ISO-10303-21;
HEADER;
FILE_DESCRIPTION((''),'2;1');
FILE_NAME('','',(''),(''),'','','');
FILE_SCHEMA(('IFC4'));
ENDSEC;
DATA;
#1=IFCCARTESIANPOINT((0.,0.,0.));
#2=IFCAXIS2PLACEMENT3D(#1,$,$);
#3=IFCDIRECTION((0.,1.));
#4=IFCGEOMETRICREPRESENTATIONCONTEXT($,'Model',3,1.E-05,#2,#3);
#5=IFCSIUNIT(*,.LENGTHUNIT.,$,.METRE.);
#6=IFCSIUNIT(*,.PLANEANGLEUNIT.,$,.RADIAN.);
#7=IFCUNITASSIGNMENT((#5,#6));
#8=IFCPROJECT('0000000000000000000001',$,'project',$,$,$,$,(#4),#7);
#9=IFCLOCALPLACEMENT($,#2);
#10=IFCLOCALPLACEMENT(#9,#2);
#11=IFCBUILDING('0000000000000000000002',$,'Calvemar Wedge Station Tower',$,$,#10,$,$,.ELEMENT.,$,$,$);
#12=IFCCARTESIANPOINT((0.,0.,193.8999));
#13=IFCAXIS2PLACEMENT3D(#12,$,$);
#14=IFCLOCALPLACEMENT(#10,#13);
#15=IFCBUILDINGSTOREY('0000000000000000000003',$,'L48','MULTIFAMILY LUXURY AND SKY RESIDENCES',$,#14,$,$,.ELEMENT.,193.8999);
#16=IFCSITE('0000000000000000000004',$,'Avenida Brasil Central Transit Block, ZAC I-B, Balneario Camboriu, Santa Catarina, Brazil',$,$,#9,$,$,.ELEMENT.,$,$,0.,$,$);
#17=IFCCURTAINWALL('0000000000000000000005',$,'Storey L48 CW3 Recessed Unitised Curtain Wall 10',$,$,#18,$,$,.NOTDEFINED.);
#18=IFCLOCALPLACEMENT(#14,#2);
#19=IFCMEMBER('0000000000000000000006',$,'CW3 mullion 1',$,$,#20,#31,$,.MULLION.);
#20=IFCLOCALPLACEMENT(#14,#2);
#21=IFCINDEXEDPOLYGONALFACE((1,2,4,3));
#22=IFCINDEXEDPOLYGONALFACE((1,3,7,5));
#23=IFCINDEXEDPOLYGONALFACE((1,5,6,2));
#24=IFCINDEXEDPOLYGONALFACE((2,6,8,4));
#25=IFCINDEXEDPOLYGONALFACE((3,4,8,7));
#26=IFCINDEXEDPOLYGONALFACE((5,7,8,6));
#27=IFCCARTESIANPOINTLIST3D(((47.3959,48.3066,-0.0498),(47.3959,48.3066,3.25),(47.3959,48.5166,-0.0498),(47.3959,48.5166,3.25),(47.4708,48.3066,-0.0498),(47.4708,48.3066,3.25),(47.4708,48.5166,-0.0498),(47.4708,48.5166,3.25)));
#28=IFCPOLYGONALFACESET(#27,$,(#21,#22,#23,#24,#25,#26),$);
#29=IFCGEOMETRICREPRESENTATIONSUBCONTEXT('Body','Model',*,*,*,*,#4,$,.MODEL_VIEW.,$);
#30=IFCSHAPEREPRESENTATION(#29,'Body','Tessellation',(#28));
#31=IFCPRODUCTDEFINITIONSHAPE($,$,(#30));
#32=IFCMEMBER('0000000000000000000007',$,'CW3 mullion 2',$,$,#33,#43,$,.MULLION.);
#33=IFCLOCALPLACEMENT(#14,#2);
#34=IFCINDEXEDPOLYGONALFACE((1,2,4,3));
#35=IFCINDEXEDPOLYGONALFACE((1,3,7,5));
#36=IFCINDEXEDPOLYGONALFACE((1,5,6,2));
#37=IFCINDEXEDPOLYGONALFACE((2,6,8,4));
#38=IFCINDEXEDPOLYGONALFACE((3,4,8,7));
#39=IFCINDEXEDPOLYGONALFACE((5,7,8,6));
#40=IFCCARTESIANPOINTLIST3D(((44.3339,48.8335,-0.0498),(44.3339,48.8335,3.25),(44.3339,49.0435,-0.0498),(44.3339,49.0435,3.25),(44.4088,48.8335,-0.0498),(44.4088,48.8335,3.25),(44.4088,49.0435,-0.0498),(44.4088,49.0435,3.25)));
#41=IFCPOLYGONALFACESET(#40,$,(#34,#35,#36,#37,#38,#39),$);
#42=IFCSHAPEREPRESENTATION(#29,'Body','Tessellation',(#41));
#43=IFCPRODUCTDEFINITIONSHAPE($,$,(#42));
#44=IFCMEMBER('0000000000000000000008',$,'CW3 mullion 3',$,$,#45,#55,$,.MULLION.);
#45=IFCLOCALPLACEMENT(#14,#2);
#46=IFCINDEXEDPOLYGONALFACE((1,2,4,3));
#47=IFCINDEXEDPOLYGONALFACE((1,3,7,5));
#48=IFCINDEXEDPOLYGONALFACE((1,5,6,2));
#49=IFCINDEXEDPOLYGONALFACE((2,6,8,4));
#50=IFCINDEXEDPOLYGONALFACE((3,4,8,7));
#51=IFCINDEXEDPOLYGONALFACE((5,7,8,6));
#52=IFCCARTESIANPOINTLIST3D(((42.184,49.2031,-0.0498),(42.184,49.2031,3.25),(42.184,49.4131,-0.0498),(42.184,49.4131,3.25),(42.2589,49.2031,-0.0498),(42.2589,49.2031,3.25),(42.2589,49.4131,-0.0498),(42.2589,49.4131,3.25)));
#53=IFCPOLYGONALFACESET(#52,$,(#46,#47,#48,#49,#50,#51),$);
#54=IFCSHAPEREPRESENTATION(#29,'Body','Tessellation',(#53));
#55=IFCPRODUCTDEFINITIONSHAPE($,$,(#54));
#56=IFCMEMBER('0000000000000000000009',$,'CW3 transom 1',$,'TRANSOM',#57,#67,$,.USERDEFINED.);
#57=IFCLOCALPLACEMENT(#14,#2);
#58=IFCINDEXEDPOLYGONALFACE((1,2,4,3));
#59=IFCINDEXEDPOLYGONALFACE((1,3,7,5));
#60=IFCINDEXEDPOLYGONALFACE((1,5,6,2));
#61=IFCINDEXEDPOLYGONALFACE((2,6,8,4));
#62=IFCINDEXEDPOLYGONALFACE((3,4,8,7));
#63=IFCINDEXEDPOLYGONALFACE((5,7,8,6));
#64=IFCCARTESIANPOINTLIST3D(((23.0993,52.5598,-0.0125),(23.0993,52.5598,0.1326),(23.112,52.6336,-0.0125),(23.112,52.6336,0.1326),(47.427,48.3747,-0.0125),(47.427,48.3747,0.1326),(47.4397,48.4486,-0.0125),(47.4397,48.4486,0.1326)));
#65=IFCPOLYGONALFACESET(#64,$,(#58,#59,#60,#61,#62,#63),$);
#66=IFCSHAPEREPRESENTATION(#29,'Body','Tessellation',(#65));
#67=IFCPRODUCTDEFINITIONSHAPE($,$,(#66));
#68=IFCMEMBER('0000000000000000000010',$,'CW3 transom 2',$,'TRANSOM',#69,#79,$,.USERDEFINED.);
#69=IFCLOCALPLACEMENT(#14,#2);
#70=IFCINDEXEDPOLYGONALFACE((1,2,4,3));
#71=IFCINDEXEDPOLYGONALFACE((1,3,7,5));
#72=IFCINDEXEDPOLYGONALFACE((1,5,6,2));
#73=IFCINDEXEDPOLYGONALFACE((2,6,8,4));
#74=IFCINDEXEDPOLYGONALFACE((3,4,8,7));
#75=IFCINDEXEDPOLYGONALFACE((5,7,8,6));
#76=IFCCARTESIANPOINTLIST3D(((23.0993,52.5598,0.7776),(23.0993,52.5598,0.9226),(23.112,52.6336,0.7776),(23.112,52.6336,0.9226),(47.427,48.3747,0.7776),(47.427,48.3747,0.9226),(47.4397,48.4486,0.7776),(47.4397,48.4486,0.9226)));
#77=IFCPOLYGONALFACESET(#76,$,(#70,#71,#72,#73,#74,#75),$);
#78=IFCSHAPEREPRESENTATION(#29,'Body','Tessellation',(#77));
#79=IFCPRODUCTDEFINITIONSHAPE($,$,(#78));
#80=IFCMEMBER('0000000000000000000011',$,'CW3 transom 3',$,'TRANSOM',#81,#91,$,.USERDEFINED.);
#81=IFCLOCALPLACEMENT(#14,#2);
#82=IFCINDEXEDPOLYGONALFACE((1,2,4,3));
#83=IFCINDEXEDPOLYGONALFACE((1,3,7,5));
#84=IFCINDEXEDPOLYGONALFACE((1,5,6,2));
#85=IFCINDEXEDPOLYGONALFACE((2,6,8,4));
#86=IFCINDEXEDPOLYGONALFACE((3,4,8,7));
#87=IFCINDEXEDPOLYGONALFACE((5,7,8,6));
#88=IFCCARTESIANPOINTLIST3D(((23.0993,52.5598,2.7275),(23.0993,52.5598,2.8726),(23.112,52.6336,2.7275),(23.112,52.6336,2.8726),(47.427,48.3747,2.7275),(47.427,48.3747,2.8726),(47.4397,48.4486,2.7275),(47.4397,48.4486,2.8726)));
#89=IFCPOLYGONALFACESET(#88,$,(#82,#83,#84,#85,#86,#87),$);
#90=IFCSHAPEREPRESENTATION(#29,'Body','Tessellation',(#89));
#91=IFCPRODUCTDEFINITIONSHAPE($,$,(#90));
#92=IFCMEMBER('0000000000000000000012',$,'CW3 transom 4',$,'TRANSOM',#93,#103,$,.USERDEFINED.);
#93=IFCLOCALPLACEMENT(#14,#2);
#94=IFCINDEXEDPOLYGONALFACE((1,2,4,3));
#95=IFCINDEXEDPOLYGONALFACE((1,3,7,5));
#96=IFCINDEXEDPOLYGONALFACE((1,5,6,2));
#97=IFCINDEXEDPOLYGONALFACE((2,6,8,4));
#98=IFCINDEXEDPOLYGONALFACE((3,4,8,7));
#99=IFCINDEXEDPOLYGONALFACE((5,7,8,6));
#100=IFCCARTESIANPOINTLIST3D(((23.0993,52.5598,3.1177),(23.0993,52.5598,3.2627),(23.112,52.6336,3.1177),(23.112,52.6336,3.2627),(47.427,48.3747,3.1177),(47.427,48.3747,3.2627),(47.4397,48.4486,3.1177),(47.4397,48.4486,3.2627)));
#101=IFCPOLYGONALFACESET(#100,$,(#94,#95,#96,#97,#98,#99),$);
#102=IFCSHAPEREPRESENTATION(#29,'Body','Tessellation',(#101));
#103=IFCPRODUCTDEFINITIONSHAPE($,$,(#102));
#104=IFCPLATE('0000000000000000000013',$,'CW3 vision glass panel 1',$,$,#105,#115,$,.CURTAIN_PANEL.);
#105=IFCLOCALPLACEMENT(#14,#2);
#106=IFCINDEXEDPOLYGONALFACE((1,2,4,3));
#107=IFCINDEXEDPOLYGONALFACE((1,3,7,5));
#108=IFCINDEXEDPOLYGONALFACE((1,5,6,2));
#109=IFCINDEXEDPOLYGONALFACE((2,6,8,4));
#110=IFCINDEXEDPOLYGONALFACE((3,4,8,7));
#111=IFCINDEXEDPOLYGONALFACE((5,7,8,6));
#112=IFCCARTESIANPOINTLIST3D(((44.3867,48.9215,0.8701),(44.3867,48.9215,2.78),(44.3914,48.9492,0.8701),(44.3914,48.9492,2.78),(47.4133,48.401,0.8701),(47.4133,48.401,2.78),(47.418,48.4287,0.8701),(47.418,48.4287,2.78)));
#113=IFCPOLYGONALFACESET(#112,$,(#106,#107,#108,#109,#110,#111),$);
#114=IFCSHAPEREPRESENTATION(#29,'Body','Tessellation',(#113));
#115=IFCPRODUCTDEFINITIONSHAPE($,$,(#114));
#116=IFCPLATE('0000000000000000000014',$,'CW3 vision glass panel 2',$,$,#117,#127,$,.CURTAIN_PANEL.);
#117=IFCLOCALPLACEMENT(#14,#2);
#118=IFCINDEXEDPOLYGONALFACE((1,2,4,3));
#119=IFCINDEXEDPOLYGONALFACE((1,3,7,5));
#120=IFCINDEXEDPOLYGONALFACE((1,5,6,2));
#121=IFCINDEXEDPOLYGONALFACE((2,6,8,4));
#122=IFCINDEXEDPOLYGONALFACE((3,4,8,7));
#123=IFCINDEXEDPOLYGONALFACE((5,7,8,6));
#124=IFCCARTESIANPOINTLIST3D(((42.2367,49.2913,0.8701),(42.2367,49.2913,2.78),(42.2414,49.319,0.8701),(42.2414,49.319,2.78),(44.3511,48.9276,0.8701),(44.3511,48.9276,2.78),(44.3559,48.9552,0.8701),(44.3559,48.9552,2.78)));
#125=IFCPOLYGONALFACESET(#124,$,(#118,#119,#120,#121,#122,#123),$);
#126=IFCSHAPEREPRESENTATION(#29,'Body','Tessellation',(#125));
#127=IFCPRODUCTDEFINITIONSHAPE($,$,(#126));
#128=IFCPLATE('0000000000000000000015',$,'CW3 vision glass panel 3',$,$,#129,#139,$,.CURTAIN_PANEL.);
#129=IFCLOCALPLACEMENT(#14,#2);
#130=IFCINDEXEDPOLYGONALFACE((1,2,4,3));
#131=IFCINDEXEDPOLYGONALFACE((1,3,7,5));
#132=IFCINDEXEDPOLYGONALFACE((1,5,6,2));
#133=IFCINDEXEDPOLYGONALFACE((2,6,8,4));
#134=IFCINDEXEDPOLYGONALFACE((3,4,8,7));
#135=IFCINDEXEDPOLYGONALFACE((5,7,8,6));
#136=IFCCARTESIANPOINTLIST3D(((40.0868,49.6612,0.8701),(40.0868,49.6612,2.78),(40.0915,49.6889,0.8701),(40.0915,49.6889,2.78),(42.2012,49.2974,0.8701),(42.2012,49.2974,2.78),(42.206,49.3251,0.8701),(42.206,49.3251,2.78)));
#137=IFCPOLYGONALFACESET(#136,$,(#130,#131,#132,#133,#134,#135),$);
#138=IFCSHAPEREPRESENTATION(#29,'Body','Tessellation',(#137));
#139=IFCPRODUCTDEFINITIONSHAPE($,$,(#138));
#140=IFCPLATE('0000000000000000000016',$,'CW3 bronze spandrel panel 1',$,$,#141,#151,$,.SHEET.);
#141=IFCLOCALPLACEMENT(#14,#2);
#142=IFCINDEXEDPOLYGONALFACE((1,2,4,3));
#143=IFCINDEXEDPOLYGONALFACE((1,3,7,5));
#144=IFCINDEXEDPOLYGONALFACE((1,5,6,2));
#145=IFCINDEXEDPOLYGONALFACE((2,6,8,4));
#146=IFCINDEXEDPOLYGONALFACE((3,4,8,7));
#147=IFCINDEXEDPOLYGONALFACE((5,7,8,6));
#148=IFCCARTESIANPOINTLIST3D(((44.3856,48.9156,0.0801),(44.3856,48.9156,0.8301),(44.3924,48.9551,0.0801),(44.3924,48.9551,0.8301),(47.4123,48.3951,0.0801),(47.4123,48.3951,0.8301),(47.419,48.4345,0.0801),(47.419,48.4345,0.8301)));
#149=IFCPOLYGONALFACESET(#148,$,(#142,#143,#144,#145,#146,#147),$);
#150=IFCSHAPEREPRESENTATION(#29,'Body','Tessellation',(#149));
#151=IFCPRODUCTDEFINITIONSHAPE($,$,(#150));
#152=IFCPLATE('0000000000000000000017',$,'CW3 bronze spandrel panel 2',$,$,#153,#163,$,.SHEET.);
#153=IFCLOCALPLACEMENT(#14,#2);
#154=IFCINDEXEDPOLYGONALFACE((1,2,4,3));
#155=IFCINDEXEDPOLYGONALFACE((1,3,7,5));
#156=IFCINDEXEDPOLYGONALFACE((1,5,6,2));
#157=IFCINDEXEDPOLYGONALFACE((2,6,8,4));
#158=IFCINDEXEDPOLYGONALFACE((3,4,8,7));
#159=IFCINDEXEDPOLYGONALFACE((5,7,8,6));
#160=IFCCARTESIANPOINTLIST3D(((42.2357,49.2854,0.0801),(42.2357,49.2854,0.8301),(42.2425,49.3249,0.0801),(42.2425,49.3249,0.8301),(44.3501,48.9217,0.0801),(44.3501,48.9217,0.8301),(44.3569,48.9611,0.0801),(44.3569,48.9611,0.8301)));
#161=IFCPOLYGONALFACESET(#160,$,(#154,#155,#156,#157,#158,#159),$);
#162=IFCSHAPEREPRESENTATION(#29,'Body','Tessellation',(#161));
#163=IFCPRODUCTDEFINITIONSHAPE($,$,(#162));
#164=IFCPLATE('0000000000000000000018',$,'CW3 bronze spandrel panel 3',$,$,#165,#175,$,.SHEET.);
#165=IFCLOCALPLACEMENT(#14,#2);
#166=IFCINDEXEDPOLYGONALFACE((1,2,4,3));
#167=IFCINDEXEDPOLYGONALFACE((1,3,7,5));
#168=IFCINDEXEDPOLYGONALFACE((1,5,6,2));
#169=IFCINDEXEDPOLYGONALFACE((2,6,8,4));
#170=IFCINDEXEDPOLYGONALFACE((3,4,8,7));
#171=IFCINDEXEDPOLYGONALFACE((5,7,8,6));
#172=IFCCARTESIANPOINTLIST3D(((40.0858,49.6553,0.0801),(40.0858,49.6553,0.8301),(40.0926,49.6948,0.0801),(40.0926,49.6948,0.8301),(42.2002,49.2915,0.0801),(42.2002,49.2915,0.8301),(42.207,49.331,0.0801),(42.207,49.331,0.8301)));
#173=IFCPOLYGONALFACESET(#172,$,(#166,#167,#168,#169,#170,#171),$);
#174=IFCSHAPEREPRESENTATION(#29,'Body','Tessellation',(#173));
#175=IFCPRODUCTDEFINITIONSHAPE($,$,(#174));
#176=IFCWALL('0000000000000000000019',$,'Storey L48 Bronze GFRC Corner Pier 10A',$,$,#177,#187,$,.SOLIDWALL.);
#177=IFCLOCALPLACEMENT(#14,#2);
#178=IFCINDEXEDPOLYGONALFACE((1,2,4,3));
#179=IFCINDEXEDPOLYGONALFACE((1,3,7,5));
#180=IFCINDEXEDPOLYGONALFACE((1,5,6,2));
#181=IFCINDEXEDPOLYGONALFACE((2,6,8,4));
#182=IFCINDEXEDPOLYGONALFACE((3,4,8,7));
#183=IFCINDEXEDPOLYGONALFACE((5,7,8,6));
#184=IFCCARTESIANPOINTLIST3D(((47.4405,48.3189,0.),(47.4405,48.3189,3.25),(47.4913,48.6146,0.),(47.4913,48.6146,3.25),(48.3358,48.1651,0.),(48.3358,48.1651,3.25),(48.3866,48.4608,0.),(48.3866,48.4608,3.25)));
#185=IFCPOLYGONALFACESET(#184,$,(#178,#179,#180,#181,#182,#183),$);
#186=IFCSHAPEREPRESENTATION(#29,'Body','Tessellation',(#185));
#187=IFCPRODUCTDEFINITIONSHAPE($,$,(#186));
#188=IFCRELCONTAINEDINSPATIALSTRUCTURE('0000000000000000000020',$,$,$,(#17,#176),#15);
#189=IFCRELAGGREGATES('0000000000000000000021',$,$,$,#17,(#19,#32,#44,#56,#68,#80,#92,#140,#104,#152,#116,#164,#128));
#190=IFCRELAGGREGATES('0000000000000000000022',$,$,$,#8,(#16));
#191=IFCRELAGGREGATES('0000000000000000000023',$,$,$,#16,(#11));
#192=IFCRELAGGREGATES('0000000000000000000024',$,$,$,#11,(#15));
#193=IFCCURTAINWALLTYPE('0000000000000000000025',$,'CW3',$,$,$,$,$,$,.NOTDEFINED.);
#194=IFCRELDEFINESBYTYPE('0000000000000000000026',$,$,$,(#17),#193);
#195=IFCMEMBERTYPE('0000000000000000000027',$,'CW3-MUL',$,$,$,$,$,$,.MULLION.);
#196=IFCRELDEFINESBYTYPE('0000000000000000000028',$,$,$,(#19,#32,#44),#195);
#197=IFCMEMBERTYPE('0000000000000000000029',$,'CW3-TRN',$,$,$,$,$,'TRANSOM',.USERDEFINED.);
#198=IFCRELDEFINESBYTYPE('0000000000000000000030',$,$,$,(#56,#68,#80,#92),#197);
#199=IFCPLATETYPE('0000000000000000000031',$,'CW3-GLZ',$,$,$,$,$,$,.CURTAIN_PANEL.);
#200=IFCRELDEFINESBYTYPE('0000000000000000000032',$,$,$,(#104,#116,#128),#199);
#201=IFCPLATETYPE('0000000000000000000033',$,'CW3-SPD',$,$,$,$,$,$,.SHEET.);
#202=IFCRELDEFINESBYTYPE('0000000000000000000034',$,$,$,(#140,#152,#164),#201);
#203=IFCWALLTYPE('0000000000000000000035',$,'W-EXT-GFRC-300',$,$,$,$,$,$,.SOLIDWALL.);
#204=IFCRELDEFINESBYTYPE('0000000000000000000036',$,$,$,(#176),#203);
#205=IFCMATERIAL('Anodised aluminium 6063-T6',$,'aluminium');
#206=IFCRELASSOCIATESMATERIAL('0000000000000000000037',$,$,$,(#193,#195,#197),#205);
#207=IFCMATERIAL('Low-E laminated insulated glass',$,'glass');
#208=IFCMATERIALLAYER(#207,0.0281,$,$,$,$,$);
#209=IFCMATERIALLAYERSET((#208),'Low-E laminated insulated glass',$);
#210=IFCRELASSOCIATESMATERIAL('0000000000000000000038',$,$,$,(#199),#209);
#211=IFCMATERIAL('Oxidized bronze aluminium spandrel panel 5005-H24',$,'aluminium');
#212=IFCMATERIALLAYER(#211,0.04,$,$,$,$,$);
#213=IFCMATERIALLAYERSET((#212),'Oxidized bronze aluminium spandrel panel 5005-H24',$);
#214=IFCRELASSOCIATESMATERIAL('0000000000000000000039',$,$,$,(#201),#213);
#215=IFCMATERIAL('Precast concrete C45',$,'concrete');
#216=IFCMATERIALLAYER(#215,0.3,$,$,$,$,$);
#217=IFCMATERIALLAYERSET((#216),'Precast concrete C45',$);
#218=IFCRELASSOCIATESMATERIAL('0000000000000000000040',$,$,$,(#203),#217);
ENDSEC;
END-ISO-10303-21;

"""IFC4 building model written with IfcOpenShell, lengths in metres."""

from ifc_helpers import new_model, si_unit, direction, frame, frame_2d, origin, origin_2d, place, context, subcontext, project, spatial, rectangle, extrude, source, transform, mapped, material, layer, layer_set, material_profile, profile_set, type_object, element, aggregate, save


model = new_model("IFC4")

# Units and contexts
model_context = context("Model", 3, precision=1e-05, world=origin(), true_north=direction((0.0, 1.0)))
body_context = subcontext(model_context, "Body", "Model", "MODEL_VIEW")
ifc_project = project(units=[si_unit("LENGTHUNIT", "METRE"), si_unit("PLANEANGLEUNIT", "RADIAN")], contexts=[model_context])

# Site, building, storey
site_placement = place(None, origin())
site = spatial("IfcSite", under=ifc_project, at=site_placement, Name="Avenida Brasil Central Transit Block, ZAC I-B, Balneario Camboriu, Santa Catarina, Brazil", CompositionType="ELEMENT", RefElevation=0.0)
building_placement = place(site_placement, origin())
building = spatial("IfcBuilding", under=site, at=building_placement, Name="Calvemar Wedge Station Tower", CompositionType="ELEMENT")
storey_placement = place(building_placement, frame((0.0, 0.0, 193.8999)))
storey = spatial("IfcBuildingStorey", under=building, at=storey_placement, Name="L48", Description="MULTIFAMILY LUXURY AND SKY RESIDENCES", CompositionType="ELEMENT", Elevation=193.8999)

# Curtain wall, members, plates
ifc_material_1 = material(Name="Anodised aluminium 6063-T6", Category="aluminium")
curtain_wall_type = type_object("IfcCurtainWallType", Name="CW3", PredefinedType="NOTDEFINED", material=ifc_material_1)
curtain_wall_placement = place(storey_placement, origin())
curtain_wall = element("IfcCurtainWall", 1, at=curtain_wall_placement, inside=storey, type_object=curtain_wall_type, Name="Storey L48 CW3 Recessed Unitised Curtain Wall 10", PredefinedType="NOTDEFINED")
ifc_material_profile_1 = material_profile(ifc_material_1, rectangle(XDim=0.075, YDim=0.21, at=origin_2d()), Name="AL-MUL-75x210")
ifc_profile_set_1 = profile_set([ifc_material_profile_1], Name="Anodised aluminium 6063-T6")
member_type_1 = type_object("IfcMemberType", Name="CW3-MUL", PredefinedType="MULLION", material=ifc_profile_set_1)
shared_shape_1 = source(origin(), body_context, "Body", "SweptSolid", [
    extrude(rectangle(XDim=0.075, YDim=0.21, at=origin_2d()), origin(), (0.0, 0.0, 1.0), 3.2998),
])
member_1_placement = place(storey_placement, frame((47.4333, 48.4116, -0.0498), z_axis=(0.0, 0.0, 1.0), x_axis=(1.0, 0.0, 0.0)))
member_1 = element("IfcMember", 2, at=member_1_placement, type_object=member_type_1, Name="CW3 mullion 1", PredefinedType="MULLION", context=body_context, shape_type="MappedRepresentation", body=[
    mapped(shared_shape_1, transform((0.0, 0.0, 0.0), scale=1.0)),
])
member_2_placement = place(storey_placement, frame((44.3713, 48.9385, -0.0498), z_axis=(0.0, 0.0, 1.0), x_axis=(1.0, 0.0, 0.0)))
member_2 = element("IfcMember", 3, at=member_2_placement, type_object=member_type_1, Name="CW3 mullion 2", PredefinedType="MULLION", context=body_context, shape_type="MappedRepresentation", body=[
    mapped(shared_shape_1, transform((0.0, 0.0, 0.0), scale=1.0)),
])
member_3_placement = place(storey_placement, frame((42.2214, 49.3081, -0.0498), z_axis=(0.0, 0.0, 1.0), x_axis=(1.0, 0.0, 0.0)))
member_3 = element("IfcMember", 4, at=member_3_placement, type_object=member_type_1, Name="CW3 mullion 3", PredefinedType="MULLION", context=body_context, shape_type="MappedRepresentation", body=[
    mapped(shared_shape_1, transform((0.0, 0.0, 0.0), scale=1.0)),
])
ifc_material_profile_2 = material_profile(ifc_material_1, rectangle(XDim=0.075, YDim=0.145, at=origin_2d()), Name="AL-TRN-75x145")
ifc_profile_set_2 = profile_set([ifc_material_profile_2], Name="Anodised aluminium 6063-T6")
member_type_2 = type_object("IfcMemberType", Name="CW3-TRN", ElementType="TRANSOM", PredefinedType="USERDEFINED", material=ifc_profile_set_2)
shared_shape_2 = source(origin(), body_context, "Body", "SweptSolid", [
    extrude(rectangle(XDim=0.075, YDim=0.145, at=origin_2d()), origin(), (0.0, 0.0, 1.0), 24.6851),
])
member_4_placement = place(storey_placement, frame((47.4333, 48.4116, 0.0601), z_axis=(-0.985524, 0.169539, 0.0), x_axis=(-0.169539, -0.985524, 0.0)))
member_4 = element("IfcMember", 5, at=member_4_placement, type_object=member_type_2, Name="CW3 transom 1", ObjectType="TRANSOM", PredefinedType="USERDEFINED", context=body_context, shape_type="MappedRepresentation", body=[
    mapped(shared_shape_2, transform((0.0, 0.0, 0.0), scale=1.0)),
])
member_5_placement = place(storey_placement, frame((47.4333, 48.4116, 0.8501), z_axis=(-0.985524, 0.169539, 0.0), x_axis=(-0.169539, -0.985524, 0.0)))
member_5 = element("IfcMember", 6, at=member_5_placement, type_object=member_type_2, Name="CW3 transom 2", ObjectType="TRANSOM", PredefinedType="USERDEFINED", context=body_context, shape_type="MappedRepresentation", body=[
    mapped(shared_shape_2, transform((0.0, 0.0, 0.0), scale=1.0)),
])
member_6_placement = place(storey_placement, frame((47.4333, 48.4116, 2.8), z_axis=(-0.985524, 0.169539, 0.0), x_axis=(-0.169539, -0.985524, 0.0)))
member_6 = element("IfcMember", 7, at=member_6_placement, type_object=member_type_2, Name="CW3 transom 3", ObjectType="TRANSOM", PredefinedType="USERDEFINED", context=body_context, shape_type="MappedRepresentation", body=[
    mapped(shared_shape_2, transform((0.0, 0.0, 0.0), scale=1.0)),
])
member_7_placement = place(storey_placement, frame((47.4333, 48.4116, 3.1902), z_axis=(-0.985524, 0.169539, 0.0), x_axis=(-0.169539, -0.985524, 0.0)))
member_7 = element("IfcMember", 8, at=member_7_placement, type_object=member_type_2, Name="CW3 transom 4", ObjectType="TRANSOM", PredefinedType="USERDEFINED", context=body_context, shape_type="MappedRepresentation", body=[
    mapped(shared_shape_2, transform((0.0, 0.0, 0.0), scale=1.0)),
])
ifc_material_2 = material(Name="Low-E laminated insulated glass", Category="glass")
ifc_layer_1 = layer(ifc_material_2, 0.0281)
ifc_layer_set_1 = layer_set([ifc_layer_1], Name="Low-E laminated insulated glass")
plate_type_1 = type_object("IfcPlateType", Name="CW3-GLZ", PredefinedType="CURTAIN_PANEL", material=ifc_layer_set_1)
plate_1_placement = place(storey_placement, frame((47.4158, 48.4148, 0.8701), z_axis=(0.0, 0.0, 1.0), x_axis=(-0.985532, 0.169489, 0.0)))
plate_1 = element("IfcPlate", 9, at=plate_1_placement, type_object=plate_type_1, Name="CW3 vision glass panel 1", PredefinedType="CURTAIN_PANEL", context=body_context, shape_type="SweptSolid", body=[
    extrude(rectangle(XDim=3.071, YDim=0.0281, at=frame_2d((1.5356, 0.0))), origin(), (0.0, 0.0, 1.0), 1.9099),
])
plate_2_placement = place(storey_placement, frame((44.3535, 48.9414, 0.8701), z_axis=(0.0, 0.0, 1.0), x_axis=(-0.985522, 0.169545, 0.0)))
plate_2 = element("IfcPlate", 10, at=plate_2_placement, type_object=plate_type_1, Name="CW3 vision glass panel 2", PredefinedType="CURTAIN_PANEL", context=body_context, shape_type="SweptSolid", body=[
    extrude(rectangle(XDim=2.1455, YDim=0.0281, at=frame_2d((1.0728, 0.0))), origin(), (0.0, 0.0, 1.0), 1.9099),
])
plate_3_placement = place(storey_placement, frame((42.2036, 49.3113, 0.8701), z_axis=(0.0, 0.0, 1.0), x_axis=(-0.985522, 0.169545, 0.0)))
plate_3 = element("IfcPlate", 11, at=plate_3_placement, type_object=plate_type_1, Name="CW3 vision glass panel 3", PredefinedType="CURTAIN_PANEL", context=body_context, shape_type="SweptSolid", body=[
    extrude(rectangle(XDim=2.1455, YDim=0.0281, at=frame_2d((1.0728, 0.0))), origin(), (0.0, 0.0, 1.0), 1.9099),
])
ifc_material_3 = material(Name="Oxidized bronze aluminium spandrel panel 5005-H24", Category="aluminium")
ifc_layer_2 = layer(ifc_material_3, 0.04)
ifc_layer_set_2 = layer_set([ifc_layer_2], Name="Oxidized bronze aluminium spandrel panel 5005-H24")
plate_type_2 = type_object("IfcPlateType", Name="CW3-SPD", PredefinedType="SHEET", material=ifc_layer_set_2)
plate_4_placement = place(storey_placement, frame((47.4158, 48.4148, 0.0801), z_axis=(0.0, 0.0, 1.0), x_axis=(-0.985532, 0.169489, 0.0)))
plate_4 = element("IfcPlate", 12, at=plate_4_placement, type_object=plate_type_2, Name="CW3 bronze spandrel panel 1", PredefinedType="SHEET", context=body_context, shape_type="SweptSolid", body=[
    extrude(rectangle(XDim=3.071, YDim=0.04, at=frame_2d((1.5356, 0.0))), origin(), (0.0, 0.0, 1.0), 0.75),
])
plate_5_placement = place(storey_placement, frame((44.3535, 48.9414, 0.0801), z_axis=(0.0, 0.0, 1.0), x_axis=(-0.985522, 0.169545, 0.0)))
plate_5 = element("IfcPlate", 13, at=plate_5_placement, type_object=plate_type_2, Name="CW3 bronze spandrel panel 2", PredefinedType="SHEET", context=body_context, shape_type="SweptSolid", body=[
    extrude(rectangle(XDim=2.1455, YDim=0.04, at=frame_2d((1.0728, 0.0))), origin(), (0.0, 0.0, 1.0), 0.75),
])
plate_6_placement = place(storey_placement, frame((42.2036, 49.3113, 0.0801), z_axis=(0.0, 0.0, 1.0), x_axis=(-0.985522, 0.169545, 0.0)))
plate_6 = element("IfcPlate", 14, at=plate_6_placement, type_object=plate_type_2, Name="CW3 bronze spandrel panel 3", PredefinedType="SHEET", context=body_context, shape_type="SweptSolid", body=[
    extrude(rectangle(XDim=2.1455, YDim=0.04, at=frame_2d((1.0728, 0.0))), origin(), (0.0, 0.0, 1.0), 0.75),
])
aggregate(curtain_wall, [member_1, member_2, member_3, member_4, member_5, member_6, member_7, plate_4, plate_1, plate_5, plate_2, plate_6, plate_3])

# Wall
ifc_material_4 = material(Name="Precast concrete C45", Category="concrete")
ifc_layer_3 = layer(ifc_material_4, 0.3)
ifc_layer_set_3 = layer_set([ifc_layer_3], Name="Precast concrete C45")
wall_type_1 = type_object("IfcWallType", Name="W-EXT-GFRC-300", PredefinedType="SOLIDWALL", material=ifc_layer_set_3)
wall_1_placement = place(storey_placement, frame((48.3611, 48.313, 0.0), z_axis=(0.0, 0.0, 1.0), x_axis=(-0.985561, 0.169322, 0.0)))
element("IfcWall", 15, at=wall_1_placement, inside=storey, type_object=wall_type_1, Name="Storey L48 Bronze GFRC Corner Pier 10A", PredefinedType="SOLIDWALL", context=body_context, shape_type="SweptSolid", body=[
    extrude(rectangle(XDim=0.9084, YDim=0.3, at=frame_2d((0.4541, 0.0))), origin(), (0.0, 0.0, 1.0), 3.25),
])

save(model, "model.ifc")
